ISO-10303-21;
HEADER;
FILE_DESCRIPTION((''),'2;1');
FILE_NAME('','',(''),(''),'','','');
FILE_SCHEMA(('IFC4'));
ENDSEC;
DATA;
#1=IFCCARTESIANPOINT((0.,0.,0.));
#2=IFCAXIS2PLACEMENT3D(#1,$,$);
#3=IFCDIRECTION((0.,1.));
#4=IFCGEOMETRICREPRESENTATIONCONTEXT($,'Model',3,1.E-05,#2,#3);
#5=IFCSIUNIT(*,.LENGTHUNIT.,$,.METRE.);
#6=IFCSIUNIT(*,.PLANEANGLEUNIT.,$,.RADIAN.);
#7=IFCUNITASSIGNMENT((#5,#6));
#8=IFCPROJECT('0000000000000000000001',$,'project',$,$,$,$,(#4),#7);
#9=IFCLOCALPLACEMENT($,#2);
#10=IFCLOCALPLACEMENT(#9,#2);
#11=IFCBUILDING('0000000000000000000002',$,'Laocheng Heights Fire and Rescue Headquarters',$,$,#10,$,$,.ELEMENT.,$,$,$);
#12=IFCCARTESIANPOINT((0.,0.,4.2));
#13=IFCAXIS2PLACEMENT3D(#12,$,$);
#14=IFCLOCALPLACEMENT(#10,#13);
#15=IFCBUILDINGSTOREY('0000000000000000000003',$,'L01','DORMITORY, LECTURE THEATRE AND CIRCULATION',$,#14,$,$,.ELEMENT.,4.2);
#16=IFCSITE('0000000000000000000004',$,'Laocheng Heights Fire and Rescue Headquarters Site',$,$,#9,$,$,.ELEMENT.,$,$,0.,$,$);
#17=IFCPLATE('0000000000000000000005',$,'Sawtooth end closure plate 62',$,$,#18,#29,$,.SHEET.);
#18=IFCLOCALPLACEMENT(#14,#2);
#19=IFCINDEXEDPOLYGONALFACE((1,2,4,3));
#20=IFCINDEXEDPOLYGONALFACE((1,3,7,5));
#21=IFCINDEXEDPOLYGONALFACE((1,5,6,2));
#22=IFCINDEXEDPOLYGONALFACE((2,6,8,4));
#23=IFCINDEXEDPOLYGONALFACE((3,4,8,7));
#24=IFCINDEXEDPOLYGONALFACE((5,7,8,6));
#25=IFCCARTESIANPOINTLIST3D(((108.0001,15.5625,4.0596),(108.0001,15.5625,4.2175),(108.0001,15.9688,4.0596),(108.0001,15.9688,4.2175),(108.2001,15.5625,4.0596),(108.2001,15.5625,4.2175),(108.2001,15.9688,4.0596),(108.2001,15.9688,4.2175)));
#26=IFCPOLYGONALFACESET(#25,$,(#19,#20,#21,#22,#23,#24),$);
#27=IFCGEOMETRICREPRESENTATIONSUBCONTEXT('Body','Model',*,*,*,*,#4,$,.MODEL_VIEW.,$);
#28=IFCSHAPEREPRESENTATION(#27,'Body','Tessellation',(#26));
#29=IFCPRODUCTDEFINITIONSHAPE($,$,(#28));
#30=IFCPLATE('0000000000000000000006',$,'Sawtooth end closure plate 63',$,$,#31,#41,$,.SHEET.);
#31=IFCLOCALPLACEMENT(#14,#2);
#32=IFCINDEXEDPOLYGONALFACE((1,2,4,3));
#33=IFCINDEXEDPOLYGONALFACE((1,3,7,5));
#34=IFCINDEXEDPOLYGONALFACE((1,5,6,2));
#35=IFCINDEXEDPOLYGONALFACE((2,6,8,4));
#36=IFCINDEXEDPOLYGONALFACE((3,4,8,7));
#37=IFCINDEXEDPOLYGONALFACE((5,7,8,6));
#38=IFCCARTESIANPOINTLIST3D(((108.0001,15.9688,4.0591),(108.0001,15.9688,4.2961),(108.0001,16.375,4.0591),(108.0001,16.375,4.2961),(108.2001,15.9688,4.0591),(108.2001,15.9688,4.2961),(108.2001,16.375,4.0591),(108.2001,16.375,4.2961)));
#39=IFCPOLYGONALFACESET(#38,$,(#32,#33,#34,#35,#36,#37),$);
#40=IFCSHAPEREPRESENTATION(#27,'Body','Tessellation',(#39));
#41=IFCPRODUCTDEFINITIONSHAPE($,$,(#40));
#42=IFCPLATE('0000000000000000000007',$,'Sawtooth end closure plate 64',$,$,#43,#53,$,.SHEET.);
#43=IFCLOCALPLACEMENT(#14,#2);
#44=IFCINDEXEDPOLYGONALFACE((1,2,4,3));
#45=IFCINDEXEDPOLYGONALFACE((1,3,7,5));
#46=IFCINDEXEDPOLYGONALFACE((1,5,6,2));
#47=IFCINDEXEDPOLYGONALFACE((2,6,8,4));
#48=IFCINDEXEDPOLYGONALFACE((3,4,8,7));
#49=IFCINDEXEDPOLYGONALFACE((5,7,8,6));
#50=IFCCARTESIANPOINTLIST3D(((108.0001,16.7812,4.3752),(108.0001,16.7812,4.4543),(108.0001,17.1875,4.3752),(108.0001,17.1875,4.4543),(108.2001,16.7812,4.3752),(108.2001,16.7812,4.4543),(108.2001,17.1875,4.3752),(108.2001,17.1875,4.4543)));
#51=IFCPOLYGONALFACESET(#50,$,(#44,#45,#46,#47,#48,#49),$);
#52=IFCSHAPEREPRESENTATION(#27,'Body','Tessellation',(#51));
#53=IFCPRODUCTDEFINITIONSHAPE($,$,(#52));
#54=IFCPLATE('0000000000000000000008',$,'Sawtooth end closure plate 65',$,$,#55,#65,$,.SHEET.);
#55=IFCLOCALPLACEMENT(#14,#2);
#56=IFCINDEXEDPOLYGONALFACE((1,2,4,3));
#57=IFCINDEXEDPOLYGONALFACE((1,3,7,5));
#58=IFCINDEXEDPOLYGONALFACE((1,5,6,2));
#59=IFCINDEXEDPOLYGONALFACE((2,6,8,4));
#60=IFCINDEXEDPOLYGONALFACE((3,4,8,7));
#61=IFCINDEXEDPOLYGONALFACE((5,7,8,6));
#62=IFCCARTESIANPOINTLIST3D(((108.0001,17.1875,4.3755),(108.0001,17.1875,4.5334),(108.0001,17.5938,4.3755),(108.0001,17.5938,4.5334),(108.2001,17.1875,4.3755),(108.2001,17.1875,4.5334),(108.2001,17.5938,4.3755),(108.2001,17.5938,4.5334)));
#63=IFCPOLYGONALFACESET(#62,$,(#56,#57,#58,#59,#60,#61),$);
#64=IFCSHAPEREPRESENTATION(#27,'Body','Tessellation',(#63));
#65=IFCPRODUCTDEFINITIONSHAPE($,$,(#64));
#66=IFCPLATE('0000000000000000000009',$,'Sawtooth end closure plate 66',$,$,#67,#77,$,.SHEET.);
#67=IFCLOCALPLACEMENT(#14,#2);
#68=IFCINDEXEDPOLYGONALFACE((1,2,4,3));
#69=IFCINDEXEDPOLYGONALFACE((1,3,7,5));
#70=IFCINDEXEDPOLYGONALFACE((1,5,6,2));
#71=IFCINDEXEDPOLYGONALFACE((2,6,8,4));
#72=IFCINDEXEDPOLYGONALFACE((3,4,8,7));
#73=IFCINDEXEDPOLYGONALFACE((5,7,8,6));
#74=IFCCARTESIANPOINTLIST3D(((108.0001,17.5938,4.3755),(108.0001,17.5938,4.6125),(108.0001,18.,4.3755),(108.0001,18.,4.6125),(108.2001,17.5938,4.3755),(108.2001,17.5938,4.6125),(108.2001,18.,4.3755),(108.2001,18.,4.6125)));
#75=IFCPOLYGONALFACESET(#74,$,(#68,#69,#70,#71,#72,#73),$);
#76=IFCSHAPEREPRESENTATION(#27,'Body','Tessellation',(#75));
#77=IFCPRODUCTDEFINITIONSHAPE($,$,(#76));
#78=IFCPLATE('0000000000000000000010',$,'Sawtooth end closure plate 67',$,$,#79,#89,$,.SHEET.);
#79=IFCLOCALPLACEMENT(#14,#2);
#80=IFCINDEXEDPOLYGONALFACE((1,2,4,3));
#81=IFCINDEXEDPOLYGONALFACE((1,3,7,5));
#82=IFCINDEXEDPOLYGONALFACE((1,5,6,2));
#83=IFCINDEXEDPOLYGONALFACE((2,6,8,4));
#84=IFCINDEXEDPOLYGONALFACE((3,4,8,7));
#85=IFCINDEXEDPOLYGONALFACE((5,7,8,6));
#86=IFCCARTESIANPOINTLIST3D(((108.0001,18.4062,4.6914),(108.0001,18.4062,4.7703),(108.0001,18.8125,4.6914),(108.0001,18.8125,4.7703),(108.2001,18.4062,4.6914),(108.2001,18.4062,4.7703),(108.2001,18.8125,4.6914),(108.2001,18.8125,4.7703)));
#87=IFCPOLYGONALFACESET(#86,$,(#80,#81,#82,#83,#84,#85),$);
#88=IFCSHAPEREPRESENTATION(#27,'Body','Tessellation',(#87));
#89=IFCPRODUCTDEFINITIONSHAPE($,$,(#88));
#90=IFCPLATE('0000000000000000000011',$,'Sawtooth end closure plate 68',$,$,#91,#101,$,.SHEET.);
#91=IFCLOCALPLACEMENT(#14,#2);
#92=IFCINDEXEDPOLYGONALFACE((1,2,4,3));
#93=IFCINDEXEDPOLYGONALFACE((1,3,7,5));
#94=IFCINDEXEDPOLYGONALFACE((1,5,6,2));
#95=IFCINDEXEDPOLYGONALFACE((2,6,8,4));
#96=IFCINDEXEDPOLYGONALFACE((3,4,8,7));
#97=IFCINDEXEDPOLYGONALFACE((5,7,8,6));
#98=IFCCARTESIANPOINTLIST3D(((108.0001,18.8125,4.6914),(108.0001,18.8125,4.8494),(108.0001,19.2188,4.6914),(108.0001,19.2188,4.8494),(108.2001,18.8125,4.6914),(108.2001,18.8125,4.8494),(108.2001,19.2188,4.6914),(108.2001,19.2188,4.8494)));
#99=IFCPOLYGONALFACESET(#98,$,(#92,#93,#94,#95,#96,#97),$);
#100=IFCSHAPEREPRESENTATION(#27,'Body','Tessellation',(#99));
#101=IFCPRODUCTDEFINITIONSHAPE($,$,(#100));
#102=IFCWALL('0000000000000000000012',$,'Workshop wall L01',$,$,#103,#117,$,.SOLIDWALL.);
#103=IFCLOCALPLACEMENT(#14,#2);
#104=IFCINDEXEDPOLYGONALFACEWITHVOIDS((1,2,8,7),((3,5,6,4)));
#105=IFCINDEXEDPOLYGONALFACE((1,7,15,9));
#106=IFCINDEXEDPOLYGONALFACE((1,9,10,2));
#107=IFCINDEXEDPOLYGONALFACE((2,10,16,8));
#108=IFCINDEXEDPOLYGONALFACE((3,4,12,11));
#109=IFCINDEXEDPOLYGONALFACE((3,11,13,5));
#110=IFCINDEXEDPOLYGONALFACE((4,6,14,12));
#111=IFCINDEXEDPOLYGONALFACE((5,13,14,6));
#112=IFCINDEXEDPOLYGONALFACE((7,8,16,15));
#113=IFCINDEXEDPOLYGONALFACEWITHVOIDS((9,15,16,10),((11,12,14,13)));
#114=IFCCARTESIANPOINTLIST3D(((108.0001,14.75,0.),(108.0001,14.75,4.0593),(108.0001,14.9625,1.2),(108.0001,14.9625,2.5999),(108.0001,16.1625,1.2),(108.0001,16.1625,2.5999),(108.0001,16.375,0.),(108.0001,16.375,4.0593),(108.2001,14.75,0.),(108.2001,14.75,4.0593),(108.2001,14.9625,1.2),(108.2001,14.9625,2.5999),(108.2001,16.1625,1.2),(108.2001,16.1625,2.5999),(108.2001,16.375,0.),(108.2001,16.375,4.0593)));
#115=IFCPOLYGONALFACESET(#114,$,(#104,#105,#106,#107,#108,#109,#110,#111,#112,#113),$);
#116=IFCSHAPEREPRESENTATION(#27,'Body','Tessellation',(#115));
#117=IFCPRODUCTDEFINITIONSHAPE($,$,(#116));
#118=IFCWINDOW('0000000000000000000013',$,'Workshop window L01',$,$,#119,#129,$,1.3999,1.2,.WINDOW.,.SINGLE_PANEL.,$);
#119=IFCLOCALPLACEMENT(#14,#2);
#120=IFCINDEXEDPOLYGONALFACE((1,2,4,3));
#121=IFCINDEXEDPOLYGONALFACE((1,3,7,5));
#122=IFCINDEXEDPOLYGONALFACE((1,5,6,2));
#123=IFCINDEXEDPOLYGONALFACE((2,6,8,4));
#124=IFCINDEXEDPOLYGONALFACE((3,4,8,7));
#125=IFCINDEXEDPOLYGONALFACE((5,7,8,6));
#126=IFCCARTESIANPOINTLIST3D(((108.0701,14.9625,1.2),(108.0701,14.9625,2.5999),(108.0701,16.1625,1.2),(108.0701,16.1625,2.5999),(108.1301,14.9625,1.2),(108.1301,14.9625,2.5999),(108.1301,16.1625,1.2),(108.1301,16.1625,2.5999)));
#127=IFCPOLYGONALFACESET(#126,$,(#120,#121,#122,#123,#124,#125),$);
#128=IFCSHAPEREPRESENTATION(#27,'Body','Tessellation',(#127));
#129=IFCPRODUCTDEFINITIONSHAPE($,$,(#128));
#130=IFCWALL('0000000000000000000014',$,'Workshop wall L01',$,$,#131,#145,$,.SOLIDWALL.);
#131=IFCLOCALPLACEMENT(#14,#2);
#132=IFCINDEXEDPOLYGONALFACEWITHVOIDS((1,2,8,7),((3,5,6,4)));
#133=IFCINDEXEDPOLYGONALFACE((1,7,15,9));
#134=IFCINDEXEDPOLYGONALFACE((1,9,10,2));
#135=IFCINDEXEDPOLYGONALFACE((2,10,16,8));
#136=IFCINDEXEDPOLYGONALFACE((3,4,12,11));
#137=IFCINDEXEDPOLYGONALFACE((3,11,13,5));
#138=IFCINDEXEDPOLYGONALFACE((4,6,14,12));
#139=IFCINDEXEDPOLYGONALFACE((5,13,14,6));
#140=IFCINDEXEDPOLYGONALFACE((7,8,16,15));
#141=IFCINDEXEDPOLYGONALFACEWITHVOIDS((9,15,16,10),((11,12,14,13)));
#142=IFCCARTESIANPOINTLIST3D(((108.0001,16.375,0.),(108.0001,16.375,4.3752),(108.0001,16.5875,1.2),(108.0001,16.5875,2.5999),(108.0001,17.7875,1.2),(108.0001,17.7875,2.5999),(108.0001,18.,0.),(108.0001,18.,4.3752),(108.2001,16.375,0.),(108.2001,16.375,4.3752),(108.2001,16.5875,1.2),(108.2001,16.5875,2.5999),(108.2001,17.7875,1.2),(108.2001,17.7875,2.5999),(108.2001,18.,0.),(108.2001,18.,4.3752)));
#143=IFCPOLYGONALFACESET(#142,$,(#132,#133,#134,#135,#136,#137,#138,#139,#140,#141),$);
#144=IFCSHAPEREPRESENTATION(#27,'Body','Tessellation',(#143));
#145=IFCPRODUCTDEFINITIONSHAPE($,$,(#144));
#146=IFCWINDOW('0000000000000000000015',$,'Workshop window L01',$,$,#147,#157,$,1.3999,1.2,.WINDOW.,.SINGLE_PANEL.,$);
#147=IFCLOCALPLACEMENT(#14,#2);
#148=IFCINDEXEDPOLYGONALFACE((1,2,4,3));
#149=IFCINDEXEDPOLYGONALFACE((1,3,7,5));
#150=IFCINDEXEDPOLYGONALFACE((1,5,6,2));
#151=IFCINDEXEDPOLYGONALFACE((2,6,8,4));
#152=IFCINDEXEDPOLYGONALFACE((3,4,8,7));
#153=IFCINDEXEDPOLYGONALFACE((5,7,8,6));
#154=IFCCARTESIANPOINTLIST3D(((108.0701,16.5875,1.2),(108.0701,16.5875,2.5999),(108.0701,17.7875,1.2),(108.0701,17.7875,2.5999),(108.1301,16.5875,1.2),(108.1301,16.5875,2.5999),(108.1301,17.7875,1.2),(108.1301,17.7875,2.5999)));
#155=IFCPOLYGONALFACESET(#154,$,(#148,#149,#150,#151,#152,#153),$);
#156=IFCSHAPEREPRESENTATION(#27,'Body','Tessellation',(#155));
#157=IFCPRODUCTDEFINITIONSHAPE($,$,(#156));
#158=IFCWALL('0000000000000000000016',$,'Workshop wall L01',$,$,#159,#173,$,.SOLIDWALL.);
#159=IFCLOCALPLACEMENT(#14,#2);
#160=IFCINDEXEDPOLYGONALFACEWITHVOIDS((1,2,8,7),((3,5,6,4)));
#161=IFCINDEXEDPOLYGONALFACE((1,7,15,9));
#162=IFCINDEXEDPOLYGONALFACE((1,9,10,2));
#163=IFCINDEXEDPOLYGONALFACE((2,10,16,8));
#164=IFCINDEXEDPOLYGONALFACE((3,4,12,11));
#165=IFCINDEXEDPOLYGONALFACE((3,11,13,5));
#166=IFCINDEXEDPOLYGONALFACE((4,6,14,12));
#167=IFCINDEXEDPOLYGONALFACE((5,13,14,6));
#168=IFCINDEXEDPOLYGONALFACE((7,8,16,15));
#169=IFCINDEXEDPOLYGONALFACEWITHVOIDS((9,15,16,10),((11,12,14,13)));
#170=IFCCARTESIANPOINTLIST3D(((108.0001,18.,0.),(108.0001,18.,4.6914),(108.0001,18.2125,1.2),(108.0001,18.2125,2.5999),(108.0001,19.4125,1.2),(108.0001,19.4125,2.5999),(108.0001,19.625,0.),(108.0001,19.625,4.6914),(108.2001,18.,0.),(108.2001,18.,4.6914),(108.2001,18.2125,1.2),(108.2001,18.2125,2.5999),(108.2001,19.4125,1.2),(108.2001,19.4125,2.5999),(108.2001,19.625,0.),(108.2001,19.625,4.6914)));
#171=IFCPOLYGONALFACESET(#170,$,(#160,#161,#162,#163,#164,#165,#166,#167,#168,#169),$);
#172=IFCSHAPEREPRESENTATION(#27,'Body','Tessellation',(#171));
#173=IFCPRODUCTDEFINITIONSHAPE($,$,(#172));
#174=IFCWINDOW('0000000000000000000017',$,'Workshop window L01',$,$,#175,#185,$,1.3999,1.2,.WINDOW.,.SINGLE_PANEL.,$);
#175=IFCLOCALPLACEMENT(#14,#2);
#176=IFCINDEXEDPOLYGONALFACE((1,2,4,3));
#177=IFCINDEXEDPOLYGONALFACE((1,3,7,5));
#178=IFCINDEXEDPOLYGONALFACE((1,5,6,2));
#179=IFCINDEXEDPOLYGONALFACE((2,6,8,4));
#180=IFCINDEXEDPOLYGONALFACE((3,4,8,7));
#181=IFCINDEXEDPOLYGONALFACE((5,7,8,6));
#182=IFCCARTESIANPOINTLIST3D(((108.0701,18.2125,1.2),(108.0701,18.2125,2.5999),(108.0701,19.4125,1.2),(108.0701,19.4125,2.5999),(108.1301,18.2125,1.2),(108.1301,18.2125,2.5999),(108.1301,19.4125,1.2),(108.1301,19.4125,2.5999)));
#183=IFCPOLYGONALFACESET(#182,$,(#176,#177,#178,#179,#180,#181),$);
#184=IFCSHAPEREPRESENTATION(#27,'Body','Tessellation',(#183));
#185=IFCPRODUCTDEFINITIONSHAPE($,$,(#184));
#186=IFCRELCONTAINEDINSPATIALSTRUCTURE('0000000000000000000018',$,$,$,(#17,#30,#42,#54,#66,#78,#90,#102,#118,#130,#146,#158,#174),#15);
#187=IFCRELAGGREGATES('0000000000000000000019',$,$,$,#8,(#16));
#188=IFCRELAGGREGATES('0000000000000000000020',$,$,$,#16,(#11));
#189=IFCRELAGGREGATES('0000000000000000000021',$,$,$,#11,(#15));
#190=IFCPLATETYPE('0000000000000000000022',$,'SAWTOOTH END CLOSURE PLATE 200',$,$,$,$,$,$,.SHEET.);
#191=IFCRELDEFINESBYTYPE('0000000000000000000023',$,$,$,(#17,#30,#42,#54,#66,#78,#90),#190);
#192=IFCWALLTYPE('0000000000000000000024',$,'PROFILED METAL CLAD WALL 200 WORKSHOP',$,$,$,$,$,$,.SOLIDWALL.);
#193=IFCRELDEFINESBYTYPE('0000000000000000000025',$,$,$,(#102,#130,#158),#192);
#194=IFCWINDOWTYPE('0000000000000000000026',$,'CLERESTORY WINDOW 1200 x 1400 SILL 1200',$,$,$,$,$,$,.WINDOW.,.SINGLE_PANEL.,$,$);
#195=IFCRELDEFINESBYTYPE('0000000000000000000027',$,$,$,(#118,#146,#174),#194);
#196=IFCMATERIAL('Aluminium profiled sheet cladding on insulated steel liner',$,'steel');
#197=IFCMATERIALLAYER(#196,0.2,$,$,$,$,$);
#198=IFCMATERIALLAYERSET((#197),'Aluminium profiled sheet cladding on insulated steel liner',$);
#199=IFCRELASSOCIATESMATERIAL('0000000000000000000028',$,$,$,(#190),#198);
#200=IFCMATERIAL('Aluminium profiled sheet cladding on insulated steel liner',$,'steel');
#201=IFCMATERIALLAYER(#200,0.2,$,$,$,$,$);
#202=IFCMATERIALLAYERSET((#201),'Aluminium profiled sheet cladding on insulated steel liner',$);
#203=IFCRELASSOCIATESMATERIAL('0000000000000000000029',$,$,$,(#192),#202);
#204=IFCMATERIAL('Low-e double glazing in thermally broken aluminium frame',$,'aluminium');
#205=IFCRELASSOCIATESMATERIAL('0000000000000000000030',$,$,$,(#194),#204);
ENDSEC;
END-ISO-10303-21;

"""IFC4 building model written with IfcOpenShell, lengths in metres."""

from ifc_helpers import new_model, si_unit, direction, frame, frame_2d, origin, origin_2d, place, context, subcontext, project, spatial, rectangle, extrude, material, layer, layer_set, type_object, element, fill, save


model = new_model("IFC4")

# Units and contexts
model_context = context("Model", 3, precision=1e-05, world=origin(), true_north=direction((0.0, 1.0)))
body_context = subcontext(model_context, "Body", "Model", "MODEL_VIEW")
ifc_project = project(units=[si_unit("LENGTHUNIT", "METRE"), si_unit("PLANEANGLEUNIT", "RADIAN")], contexts=[model_context])

# Site, building, storey
site_placement = place(None, origin())
site = spatial("IfcSite", under=ifc_project, at=site_placement, Name="Laocheng Heights Fire and Rescue Headquarters Site", CompositionType="ELEMENT", RefElevation=0.0)
building_placement = place(site_placement, origin())
building = spatial("IfcBuilding", under=site, at=building_placement, Name="Laocheng Heights Fire and Rescue Headquarters", CompositionType="ELEMENT")
storey_placement = place(building_placement, frame((0.0, 0.0, 4.2)))
storey = spatial("IfcBuildingStorey", under=building, at=storey_placement, Name="L01", Description="DORMITORY, LECTURE THEATRE AND CIRCULATION", CompositionType="ELEMENT", Elevation=4.2)

# Plates
ifc_material_1 = material(Name="Aluminium profiled sheet cladding on insulated steel liner", Category="steel")
ifc_layer_1 = layer(ifc_material_1, 0.2)
ifc_layer_set_1 = layer_set([ifc_layer_1], Name="Aluminium profiled sheet cladding on insulated steel liner")
plate_type = type_object("IfcPlateType", Name="SAWTOOTH END CLOSURE PLATE 200", PredefinedType="SHEET", material=ifc_layer_set_1)
plate_1_placement = place(storey_placement, frame((108.1001, 15.7656, 4.0596), z_axis=(0.0, 0.0, 1.0), x_axis=(1.0, 0.0, 0.0)))
element("IfcPlate", 1, at=plate_1_placement, inside=storey, type_object=plate_type, Name="Sawtooth end closure plate 62", PredefinedType="SHEET", context=body_context, shape_type="SweptSolid", body=[
    extrude(rectangle(XDim=0.2, YDim=0.4062, at=origin_2d()), origin(), (0.0, 0.0, 1.0), 0.158),
])
plate_2_placement = place(storey_placement, frame((108.1001, 16.1719, 4.0591), z_axis=(0.0, 0.0, 1.0), x_axis=(1.0, 0.0, 0.0)))
element("IfcPlate", 2, at=plate_2_placement, inside=storey, type_object=plate_type, Name="Sawtooth end closure plate 63", PredefinedType="SHEET", context=body_context, shape_type="SweptSolid", body=[
    extrude(rectangle(XDim=0.2, YDim=0.4062, at=origin_2d()), origin(), (0.0, 0.0, 1.0), 0.2371),
])
plate_3_placement = place(storey_placement, frame((108.1001, 16.9844, 4.3752), z_axis=(0.0, 0.0, 1.0), x_axis=(1.0, 0.0, 0.0)))
element("IfcPlate", 3, at=plate_3_placement, inside=storey, type_object=plate_type, Name="Sawtooth end closure plate 64", PredefinedType="SHEET", context=body_context, shape_type="SweptSolid", body=[
    extrude(rectangle(XDim=0.2, YDim=0.4062, at=origin_2d()), origin(), (0.0, 0.0, 1.0), 0.0791),
])
plate_4_placement = place(storey_placement, frame((108.1001, 17.3906, 4.3755), z_axis=(0.0, 0.0, 1.0), x_axis=(1.0, 0.0, 0.0)))
element("IfcPlate", 4, at=plate_4_placement, inside=storey, type_object=plate_type, Name="Sawtooth end closure plate 65", PredefinedType="SHEET", context=body_context, shape_type="SweptSolid", body=[
    extrude(rectangle(XDim=0.2, YDim=0.4062, at=origin_2d()), origin(), (0.0, 0.0, 1.0), 0.158),
])
plate_5_placement = place(storey_placement, frame((108.1001, 17.7969, 4.3755), z_axis=(0.0, 0.0, 1.0), x_axis=(1.0, 0.0, 0.0)))
element("IfcPlate", 5, at=plate_5_placement, inside=storey, type_object=plate_type, Name="Sawtooth end closure plate 66", PredefinedType="SHEET", context=body_context, shape_type="SweptSolid", body=[
    extrude(rectangle(XDim=0.2, YDim=0.4062, at=origin_2d()), origin(), (0.0, 0.0, 1.0), 0.2371),
])
plate_6_placement = place(storey_placement, frame((108.1001, 18.6094, 4.6914), z_axis=(0.0, 0.0, 1.0), x_axis=(1.0, 0.0, 0.0)))
element("IfcPlate", 6, at=plate_6_placement, inside=storey, type_object=plate_type, Name="Sawtooth end closure plate 67", PredefinedType="SHEET", context=body_context, shape_type="SweptSolid", body=[
    extrude(rectangle(XDim=0.2, YDim=0.4062, at=origin_2d()), origin(), (0.0, 0.0, 1.0), 0.0789),
])
plate_7_placement = place(storey_placement, frame((108.1001, 19.0156, 4.6914), z_axis=(0.0, 0.0, 1.0), x_axis=(1.0, 0.0, 0.0)))
element("IfcPlate", 7, at=plate_7_placement, inside=storey, type_object=plate_type, Name="Sawtooth end closure plate 68", PredefinedType="SHEET", context=body_context, shape_type="SweptSolid", body=[
    extrude(rectangle(XDim=0.2, YDim=0.4062, at=origin_2d()), origin(), (0.0, 0.0, 1.0), 0.158),
])

# Walls, openings, windows
ifc_material_2 = material(Name="Aluminium profiled sheet cladding on insulated steel liner", Category="steel")
ifc_layer_2 = layer(ifc_material_2, 0.2)
ifc_layer_set_2 = layer_set([ifc_layer_2], Name="Aluminium profiled sheet cladding on insulated steel liner")
wall_type = type_object("IfcWallType", Name="PROFILED METAL CLAD WALL 200 WORKSHOP", PredefinedType="SOLIDWALL", material=ifc_layer_set_2)
wall_1_placement = place(storey_placement, frame((108.1001, 14.75, 0.0), z_axis=(0.0, 0.0, 1.0), x_axis=(0.0, 1.0, 0.0)))
wall_1 = element("IfcWall", 8, at=wall_1_placement, inside=storey, type_object=wall_type, Name="Workshop wall L01", PredefinedType="SOLIDWALL", context=body_context, shape_type="SweptSolid", body=[
    extrude(rectangle(XDim=1.625, YDim=0.2, at=frame_2d((0.8125, 0.0))), origin(), (0.0, 0.0, 1.0), 4.0593),
])
opening_1_placement = place(wall_1_placement, frame((0.2124, 0.0, 1.2)))
opening_1 = element("IfcOpeningElement", 9, at=opening_1_placement, cuts=wall_1, PredefinedType="OPENING", context=body_context, shape_type="SweptSolid", body=[
    extrude(rectangle(XDim=1.2, YDim=1.3999, at=frame_2d((0.6001, 0.7))), frame((0.0, 0.1099, 0.0), z_axis=(0.0, -1.0, 0.0), x_axis=(1.0, 0.0, 0.0)), (0.0, 0.0, 1.0), 0.22),
])
ifc_material_3 = material(Name="Low-e double glazing in thermally broken aluminium frame", Category="aluminium")
window_type = type_object("IfcWindowType", Name="CLERESTORY WINDOW 1200 x 1400 SILL 1200", PartitioningType="SINGLE_PANEL", PredefinedType="WINDOW", material=ifc_material_3)
window_1_placement = place(opening_1_placement, origin())
window_1 = element("IfcWindow", 10, at=window_1_placement, inside=storey, type_object=window_type, Name="Workshop window L01", OverallHeight=1.3999, OverallWidth=1.2, PartitioningType="SINGLE_PANEL", PredefinedType="WINDOW", context=body_context, shape_type="SweptSolid", body=[
    extrude(rectangle(XDim=1.2, YDim=1.3999, at=frame_2d((0.6001, 0.7))), frame((0.0, 0.03, 0.0), z_axis=(0.0, -1.0, 0.0), x_axis=(1.0, 0.0, 0.0)), (0.0, 0.0, 1.0), 0.0601),
])
fill(opening_1, window_1)
wall_2_placement = place(storey_placement, frame((108.1001, 16.375, 0.0), z_axis=(0.0, 0.0, 1.0), x_axis=(0.0, 1.0, 0.0)))
wall_2 = element("IfcWall", 11, at=wall_2_placement, inside=storey, type_object=wall_type, Name="Workshop wall L01", PredefinedType="SOLIDWALL", context=body_context, shape_type="SweptSolid", body=[
    extrude(rectangle(XDim=1.625, YDim=0.2, at=frame_2d((0.8125, 0.0))), origin(), (0.0, 0.0, 1.0), 4.3752),
])
opening_2_placement = place(wall_2_placement, frame((0.2124, 0.0, 1.2)))
opening_2 = element("IfcOpeningElement", 12, at=opening_2_placement, cuts=wall_2, PredefinedType="OPENING", context=body_context, shape_type="SweptSolid", body=[
    extrude(rectangle(XDim=1.2, YDim=1.3999, at=frame_2d((0.6001, 0.7))), frame((0.0, 0.1099, 0.0), z_axis=(0.0, -1.0, 0.0), x_axis=(1.0, 0.0, 0.0)), (0.0, 0.0, 1.0), 0.22),
])
window_2_placement = place(opening_2_placement, origin())
window_2 = element("IfcWindow", 13, at=window_2_placement, inside=storey, type_object=window_type, Name="Workshop window L01", OverallHeight=1.3999, OverallWidth=1.2, PartitioningType="SINGLE_PANEL", PredefinedType="WINDOW", context=body_context, shape_type="SweptSolid", body=[
    extrude(rectangle(XDim=1.2, YDim=1.3999, at=frame_2d((0.6001, 0.7))), frame((0.0, 0.03, 0.0), z_axis=(0.0, -1.0, 0.0), x_axis=(1.0, 0.0, 0.0)), (0.0, 0.0, 1.0), 0.0601),
])
fill(opening_2, window_2)
wall_3_placement = place(storey_placement, frame((108.1001, 18.0, 0.0), z_axis=(0.0, 0.0, 1.0), x_axis=(0.0, 1.0, 0.0)))
wall_3 = element("IfcWall", 14, at=wall_3_placement, inside=storey, type_object=wall_type, Name="Workshop wall L01", PredefinedType="SOLIDWALL", context=body_context, shape_type="SweptSolid", body=[
    extrude(rectangle(XDim=1.625, YDim=0.2, at=frame_2d((0.8125, 0.0))), origin(), (0.0, 0.0, 1.0), 4.6914),
])
opening_3_placement = place(wall_3_placement, frame((0.2124, 0.0, 1.2)))
opening_3 = element("IfcOpeningElement", 15, at=opening_3_placement, cuts=wall_3, PredefinedType="OPENING", context=body_context, shape_type="SweptSolid", body=[
    extrude(rectangle(XDim=1.2, YDim=1.3999, at=frame_2d((0.6001, 0.7))), frame((0.0, 0.1099, 0.0), z_axis=(0.0, -1.0, 0.0), x_axis=(1.0, 0.0, 0.0)), (0.0, 0.0, 1.0), 0.22),
])
window_3_placement = place(opening_3_placement, origin())
window_3 = element("IfcWindow", 16, at=window_3_placement, inside=storey, type_object=window_type, Name="Workshop window L01", OverallHeight=1.3999, OverallWidth=1.2, PartitioningType="SINGLE_PANEL", PredefinedType="WINDOW", context=body_context, shape_type="SweptSolid", body=[
    extrude(rectangle(XDim=1.2, YDim=1.3999, at=frame_2d((0.6001, 0.7))), frame((0.0, 0.03, 0.0), z_axis=(0.0, -1.0, 0.0), x_axis=(1.0, 0.0, 0.0)), (0.0, 0.0, 1.0), 0.0601),
])
fill(opening_3, window_3)

save(model, "model.ifc")
